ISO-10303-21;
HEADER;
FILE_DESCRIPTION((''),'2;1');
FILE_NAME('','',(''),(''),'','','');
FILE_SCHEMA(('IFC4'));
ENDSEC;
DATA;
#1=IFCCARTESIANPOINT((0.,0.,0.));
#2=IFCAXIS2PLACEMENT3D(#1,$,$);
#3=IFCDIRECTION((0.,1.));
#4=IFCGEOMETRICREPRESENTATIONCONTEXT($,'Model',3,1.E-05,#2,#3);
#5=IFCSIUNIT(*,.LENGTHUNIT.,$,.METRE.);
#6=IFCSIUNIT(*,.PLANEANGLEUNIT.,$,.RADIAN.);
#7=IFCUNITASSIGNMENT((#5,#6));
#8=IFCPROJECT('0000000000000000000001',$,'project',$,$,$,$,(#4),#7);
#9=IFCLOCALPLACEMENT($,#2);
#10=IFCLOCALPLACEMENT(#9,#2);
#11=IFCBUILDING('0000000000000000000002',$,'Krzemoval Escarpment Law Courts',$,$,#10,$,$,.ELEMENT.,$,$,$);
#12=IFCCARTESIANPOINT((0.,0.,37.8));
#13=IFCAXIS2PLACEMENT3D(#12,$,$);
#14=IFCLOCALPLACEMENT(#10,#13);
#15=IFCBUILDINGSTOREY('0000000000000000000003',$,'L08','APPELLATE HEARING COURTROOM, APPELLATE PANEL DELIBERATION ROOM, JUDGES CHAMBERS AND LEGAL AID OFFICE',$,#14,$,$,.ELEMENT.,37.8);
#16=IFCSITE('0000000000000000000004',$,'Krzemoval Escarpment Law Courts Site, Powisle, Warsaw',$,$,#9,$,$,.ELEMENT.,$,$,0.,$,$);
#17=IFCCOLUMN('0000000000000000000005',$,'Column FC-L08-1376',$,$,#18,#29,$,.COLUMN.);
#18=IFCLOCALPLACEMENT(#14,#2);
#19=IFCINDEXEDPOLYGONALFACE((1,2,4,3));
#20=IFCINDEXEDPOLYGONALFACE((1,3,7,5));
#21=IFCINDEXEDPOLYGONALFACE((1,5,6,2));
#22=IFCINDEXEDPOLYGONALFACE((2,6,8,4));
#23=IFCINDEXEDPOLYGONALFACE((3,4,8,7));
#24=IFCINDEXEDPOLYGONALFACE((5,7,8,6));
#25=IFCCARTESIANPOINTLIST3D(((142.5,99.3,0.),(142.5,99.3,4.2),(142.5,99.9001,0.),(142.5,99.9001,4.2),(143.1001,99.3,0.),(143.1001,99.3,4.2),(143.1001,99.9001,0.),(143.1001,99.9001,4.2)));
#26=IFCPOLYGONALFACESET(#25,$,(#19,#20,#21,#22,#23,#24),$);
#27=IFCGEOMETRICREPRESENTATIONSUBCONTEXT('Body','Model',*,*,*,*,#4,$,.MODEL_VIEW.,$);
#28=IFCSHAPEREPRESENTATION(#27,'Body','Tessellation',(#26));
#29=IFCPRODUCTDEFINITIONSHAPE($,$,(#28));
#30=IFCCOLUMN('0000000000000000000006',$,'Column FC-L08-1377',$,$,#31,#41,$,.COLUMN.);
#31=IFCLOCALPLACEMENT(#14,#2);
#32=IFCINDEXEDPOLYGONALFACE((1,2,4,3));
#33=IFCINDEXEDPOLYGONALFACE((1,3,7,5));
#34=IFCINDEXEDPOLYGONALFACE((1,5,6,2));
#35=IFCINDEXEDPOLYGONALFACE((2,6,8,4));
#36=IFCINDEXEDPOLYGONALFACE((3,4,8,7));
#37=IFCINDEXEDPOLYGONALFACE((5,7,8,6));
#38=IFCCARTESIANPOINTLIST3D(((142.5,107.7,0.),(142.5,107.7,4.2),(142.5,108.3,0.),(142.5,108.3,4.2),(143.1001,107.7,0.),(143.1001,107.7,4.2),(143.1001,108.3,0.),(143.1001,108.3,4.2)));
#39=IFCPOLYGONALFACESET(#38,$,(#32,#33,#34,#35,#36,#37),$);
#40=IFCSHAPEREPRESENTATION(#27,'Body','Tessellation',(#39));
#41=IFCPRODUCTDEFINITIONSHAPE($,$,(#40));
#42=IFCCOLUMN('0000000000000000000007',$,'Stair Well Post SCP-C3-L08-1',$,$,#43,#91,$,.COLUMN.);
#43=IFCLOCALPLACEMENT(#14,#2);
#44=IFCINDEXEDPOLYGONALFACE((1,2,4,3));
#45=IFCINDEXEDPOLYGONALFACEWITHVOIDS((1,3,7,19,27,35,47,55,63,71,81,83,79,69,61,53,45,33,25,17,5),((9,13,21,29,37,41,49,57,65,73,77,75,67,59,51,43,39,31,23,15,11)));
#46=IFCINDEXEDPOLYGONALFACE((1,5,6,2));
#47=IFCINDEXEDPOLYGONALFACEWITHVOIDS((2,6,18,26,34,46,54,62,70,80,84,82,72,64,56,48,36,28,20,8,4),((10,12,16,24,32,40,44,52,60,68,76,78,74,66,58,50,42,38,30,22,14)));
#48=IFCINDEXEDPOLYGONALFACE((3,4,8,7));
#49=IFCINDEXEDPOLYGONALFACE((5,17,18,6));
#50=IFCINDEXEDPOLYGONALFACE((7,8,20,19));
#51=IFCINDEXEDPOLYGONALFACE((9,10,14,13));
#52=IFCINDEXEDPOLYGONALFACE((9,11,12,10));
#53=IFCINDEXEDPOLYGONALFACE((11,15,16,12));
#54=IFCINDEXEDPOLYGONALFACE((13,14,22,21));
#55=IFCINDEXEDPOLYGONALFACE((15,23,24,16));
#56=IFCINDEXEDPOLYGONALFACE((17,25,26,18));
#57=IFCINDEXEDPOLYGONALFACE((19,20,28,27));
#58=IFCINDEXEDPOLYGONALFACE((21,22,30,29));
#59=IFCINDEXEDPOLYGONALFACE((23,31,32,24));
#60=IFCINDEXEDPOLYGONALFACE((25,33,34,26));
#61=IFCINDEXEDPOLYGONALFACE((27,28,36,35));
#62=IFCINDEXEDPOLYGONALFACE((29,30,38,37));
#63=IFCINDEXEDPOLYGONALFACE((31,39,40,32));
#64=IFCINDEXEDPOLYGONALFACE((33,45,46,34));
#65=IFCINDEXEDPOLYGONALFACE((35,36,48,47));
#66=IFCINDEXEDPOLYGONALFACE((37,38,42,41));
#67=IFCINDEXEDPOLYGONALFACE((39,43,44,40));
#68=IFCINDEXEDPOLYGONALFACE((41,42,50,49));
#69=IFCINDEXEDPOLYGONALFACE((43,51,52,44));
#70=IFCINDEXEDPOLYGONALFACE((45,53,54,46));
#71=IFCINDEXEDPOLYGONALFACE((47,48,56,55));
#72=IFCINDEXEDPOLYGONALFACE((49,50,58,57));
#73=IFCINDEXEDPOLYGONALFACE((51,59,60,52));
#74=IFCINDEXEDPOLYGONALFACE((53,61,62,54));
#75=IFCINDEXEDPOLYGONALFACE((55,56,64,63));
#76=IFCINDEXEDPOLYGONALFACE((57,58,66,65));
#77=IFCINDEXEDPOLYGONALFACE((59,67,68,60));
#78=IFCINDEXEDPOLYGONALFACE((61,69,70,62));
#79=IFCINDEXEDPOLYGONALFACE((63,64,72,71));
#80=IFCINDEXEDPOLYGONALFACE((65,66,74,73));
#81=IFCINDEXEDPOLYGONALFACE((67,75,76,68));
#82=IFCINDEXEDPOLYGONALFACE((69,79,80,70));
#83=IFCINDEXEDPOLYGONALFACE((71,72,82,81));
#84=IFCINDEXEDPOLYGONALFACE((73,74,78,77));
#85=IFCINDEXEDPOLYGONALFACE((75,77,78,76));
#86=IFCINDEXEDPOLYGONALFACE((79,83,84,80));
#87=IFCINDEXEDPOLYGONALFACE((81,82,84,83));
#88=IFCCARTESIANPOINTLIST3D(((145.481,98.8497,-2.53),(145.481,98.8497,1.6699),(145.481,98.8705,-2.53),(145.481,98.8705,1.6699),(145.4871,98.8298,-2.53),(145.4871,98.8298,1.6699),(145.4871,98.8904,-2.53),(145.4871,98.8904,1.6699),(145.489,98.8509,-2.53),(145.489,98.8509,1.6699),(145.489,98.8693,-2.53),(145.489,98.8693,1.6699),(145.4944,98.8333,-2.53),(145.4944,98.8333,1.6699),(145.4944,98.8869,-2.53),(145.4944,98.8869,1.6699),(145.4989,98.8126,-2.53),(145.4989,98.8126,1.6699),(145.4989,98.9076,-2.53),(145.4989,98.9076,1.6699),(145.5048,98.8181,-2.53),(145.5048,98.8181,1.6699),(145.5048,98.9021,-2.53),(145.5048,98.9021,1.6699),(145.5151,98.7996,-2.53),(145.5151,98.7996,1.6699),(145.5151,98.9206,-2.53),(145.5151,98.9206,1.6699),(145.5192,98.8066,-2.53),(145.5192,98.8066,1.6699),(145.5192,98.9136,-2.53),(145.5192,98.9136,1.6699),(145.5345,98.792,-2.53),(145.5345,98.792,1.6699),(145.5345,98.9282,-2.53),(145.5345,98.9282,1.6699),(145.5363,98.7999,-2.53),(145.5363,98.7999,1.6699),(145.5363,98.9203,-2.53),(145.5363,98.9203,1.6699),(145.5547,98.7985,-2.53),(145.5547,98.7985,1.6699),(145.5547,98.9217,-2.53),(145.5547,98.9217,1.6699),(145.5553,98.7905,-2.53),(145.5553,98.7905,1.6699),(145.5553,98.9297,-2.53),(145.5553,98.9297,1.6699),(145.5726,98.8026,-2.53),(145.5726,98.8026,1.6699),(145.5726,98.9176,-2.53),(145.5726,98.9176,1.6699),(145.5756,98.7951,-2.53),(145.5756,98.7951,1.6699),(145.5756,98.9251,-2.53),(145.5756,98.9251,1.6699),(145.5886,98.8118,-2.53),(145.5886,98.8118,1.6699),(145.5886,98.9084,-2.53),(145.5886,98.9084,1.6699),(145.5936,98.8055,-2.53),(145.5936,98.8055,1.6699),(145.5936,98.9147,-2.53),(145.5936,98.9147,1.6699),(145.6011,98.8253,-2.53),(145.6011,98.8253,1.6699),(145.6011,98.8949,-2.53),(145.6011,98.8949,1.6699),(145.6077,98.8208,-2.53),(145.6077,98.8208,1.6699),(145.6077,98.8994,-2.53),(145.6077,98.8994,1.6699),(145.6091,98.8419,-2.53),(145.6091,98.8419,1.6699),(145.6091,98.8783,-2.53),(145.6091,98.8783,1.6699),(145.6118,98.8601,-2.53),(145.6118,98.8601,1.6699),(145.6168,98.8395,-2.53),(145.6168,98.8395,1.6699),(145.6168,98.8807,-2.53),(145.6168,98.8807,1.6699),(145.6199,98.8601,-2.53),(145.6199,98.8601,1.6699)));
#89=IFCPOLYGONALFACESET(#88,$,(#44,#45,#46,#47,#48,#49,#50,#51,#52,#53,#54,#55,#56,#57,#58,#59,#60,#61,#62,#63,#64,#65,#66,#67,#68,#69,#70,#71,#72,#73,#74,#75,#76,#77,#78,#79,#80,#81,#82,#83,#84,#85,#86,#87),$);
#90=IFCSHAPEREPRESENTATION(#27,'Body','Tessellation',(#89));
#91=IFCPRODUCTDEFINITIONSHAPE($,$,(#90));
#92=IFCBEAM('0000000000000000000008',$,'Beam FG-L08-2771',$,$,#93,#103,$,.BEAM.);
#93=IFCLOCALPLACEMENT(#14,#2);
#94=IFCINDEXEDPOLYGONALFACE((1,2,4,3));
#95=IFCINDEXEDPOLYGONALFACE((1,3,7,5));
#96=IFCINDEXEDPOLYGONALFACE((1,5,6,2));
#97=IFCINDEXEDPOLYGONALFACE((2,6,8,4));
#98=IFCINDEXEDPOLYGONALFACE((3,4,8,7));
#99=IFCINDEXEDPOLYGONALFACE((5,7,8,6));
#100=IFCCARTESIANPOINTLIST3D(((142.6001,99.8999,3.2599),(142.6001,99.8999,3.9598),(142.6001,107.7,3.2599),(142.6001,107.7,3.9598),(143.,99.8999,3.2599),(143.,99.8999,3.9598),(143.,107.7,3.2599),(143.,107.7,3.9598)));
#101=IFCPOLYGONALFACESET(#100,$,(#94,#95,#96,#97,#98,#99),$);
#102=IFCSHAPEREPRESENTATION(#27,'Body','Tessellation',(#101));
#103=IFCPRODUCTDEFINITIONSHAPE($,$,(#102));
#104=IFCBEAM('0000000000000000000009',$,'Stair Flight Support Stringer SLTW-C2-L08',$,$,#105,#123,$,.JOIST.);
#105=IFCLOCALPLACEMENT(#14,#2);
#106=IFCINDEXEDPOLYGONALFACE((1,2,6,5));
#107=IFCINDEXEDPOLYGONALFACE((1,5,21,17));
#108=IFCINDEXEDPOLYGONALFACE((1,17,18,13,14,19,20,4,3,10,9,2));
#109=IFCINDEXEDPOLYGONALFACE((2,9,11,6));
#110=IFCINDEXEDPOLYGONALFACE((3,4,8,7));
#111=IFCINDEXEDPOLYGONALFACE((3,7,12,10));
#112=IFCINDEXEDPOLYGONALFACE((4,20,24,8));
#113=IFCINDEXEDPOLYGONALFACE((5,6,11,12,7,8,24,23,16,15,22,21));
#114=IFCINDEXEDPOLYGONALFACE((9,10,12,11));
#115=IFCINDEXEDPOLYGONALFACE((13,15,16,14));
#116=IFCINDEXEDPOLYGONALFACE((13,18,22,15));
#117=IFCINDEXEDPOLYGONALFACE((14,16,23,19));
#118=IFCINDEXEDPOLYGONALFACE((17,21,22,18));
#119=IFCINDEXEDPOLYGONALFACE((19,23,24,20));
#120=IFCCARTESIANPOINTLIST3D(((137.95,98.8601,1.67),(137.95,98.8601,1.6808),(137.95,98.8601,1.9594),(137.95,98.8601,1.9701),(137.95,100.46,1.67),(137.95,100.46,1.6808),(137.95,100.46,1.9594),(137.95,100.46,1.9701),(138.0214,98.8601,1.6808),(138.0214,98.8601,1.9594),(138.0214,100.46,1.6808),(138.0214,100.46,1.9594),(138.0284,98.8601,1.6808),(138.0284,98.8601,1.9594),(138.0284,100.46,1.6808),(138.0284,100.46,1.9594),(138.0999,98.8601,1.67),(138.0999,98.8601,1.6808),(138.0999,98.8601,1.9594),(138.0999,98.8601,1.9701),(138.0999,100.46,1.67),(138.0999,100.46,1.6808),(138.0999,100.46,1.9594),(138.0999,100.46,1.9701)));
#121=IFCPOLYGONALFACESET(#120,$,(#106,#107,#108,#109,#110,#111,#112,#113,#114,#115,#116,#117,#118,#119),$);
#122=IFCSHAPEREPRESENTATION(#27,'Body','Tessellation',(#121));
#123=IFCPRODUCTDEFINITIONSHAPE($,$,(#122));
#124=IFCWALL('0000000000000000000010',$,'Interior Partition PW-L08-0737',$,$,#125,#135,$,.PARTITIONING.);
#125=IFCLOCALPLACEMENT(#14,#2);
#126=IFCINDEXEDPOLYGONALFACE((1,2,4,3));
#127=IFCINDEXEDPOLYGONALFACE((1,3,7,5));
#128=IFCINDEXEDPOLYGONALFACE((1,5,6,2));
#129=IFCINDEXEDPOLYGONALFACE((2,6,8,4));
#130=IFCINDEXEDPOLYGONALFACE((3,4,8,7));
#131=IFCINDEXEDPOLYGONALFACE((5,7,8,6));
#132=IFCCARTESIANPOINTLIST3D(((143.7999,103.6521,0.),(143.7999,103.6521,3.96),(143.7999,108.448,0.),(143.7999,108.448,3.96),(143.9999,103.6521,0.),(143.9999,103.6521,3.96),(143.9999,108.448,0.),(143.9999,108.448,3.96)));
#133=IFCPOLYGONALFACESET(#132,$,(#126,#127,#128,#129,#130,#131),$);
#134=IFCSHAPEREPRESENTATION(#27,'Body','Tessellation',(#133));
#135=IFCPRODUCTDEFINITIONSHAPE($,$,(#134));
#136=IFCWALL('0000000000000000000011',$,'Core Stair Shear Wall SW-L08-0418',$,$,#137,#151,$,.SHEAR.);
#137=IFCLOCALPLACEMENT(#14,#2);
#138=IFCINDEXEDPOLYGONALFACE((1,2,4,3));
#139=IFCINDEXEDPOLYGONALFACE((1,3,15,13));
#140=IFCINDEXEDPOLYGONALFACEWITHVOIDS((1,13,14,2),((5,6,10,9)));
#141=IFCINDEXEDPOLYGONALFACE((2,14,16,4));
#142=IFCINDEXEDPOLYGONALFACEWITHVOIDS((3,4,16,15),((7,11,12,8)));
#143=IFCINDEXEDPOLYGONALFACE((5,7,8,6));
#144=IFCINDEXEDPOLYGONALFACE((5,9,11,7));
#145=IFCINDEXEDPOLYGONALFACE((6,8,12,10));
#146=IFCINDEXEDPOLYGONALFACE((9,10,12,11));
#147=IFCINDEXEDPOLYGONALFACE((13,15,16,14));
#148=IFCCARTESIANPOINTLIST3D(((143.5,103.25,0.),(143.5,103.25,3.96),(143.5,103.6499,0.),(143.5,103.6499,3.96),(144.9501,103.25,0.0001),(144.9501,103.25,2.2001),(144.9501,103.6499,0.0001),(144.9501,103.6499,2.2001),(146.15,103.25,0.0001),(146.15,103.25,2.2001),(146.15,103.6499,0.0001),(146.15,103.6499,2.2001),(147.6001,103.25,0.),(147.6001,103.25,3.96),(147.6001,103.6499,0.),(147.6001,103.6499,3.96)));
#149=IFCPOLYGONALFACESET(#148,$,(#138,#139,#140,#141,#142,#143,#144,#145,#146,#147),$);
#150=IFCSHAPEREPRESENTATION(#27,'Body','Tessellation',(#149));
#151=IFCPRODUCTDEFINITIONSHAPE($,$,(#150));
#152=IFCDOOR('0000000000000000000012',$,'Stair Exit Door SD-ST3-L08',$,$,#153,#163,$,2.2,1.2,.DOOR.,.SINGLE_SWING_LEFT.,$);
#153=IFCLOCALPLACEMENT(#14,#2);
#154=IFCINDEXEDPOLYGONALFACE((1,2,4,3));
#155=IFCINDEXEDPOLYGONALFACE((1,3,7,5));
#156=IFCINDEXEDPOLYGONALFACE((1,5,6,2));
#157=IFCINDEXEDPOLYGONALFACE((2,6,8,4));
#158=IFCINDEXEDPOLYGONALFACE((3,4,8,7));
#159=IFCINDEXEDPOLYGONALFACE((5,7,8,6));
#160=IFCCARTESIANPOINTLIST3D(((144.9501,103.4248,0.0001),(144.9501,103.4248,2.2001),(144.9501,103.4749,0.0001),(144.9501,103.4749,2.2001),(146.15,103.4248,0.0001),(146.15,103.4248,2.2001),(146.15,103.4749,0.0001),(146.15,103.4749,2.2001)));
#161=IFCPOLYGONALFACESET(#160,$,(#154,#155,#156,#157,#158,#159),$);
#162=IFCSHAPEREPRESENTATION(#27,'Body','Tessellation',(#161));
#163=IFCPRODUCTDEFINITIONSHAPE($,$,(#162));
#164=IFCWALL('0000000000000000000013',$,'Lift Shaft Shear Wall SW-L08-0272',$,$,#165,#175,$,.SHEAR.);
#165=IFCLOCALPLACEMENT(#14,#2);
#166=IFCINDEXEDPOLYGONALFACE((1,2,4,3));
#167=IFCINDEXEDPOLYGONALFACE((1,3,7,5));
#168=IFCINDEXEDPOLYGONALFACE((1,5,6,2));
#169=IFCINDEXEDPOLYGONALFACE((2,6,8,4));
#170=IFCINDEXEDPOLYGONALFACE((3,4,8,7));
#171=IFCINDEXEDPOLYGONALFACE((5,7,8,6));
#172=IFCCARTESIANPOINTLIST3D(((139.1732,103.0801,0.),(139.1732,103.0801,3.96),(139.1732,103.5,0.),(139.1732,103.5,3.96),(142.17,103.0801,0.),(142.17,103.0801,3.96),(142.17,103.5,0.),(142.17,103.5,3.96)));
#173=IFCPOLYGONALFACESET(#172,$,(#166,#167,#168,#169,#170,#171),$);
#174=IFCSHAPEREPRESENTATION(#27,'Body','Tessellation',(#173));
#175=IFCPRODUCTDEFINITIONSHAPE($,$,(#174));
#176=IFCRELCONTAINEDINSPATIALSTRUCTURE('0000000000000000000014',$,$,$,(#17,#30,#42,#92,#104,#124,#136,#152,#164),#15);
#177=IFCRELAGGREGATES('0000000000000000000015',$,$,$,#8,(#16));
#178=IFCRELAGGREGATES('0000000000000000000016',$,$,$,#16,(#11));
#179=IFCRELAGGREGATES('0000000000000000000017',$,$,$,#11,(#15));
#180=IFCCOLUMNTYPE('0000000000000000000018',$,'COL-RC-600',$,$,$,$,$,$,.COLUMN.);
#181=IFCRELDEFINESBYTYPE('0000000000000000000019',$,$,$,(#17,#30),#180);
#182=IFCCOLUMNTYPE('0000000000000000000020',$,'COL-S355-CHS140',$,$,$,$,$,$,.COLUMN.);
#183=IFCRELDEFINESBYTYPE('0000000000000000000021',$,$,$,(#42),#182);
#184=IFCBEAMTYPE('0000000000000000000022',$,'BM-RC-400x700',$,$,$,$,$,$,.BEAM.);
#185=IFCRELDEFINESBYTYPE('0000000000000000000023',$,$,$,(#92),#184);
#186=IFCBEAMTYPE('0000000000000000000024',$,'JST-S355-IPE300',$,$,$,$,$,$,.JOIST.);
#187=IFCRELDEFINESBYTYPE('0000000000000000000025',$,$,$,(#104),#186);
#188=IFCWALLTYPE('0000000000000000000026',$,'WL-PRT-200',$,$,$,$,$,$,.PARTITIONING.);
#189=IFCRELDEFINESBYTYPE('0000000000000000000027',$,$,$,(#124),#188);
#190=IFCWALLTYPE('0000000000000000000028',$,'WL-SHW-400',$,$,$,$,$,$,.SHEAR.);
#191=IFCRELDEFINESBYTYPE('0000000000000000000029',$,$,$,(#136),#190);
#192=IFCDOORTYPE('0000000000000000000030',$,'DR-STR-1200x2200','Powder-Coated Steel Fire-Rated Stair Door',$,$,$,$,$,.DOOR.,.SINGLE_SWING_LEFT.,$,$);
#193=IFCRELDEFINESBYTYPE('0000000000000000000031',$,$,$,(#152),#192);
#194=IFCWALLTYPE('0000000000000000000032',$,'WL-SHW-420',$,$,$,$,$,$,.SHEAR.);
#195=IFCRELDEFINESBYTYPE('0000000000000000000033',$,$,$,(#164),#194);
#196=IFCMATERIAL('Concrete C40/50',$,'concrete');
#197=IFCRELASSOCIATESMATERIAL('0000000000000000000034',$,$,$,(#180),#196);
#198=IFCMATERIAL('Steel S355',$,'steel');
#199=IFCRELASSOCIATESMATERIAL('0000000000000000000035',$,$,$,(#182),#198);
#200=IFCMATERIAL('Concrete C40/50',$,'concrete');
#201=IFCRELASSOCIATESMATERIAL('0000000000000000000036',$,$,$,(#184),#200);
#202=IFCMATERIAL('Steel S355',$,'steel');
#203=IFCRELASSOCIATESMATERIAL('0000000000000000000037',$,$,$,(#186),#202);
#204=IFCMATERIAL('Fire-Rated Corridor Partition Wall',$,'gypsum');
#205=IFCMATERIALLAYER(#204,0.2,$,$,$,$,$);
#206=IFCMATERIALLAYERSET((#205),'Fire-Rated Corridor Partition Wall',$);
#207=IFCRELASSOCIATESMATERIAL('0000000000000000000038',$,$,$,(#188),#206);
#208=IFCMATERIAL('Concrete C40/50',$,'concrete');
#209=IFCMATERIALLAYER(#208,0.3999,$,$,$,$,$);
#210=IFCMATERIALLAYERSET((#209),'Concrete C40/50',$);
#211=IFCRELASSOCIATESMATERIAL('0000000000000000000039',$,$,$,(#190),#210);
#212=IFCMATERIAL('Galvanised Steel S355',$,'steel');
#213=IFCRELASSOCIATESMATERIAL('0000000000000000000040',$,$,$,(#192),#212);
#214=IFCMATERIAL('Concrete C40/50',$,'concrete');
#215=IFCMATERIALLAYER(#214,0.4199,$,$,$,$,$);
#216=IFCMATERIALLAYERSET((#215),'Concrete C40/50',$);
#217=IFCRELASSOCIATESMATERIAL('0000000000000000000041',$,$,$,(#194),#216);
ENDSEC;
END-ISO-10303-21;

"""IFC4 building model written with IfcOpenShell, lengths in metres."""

from ifc_helpers import new_model, si_unit, direction, frame, frame_2d, origin, origin_2d, place, context, subcontext, project, spatial, rectangle, hollow_circle, i_section, extrude, material, layer, layer_set, material_profile, profile_set, type_object, element, fill, save


model = new_model("IFC4")

# Units and contexts
model_context = context("Model", 3, precision=1e-05, world=origin(), true_north=direction((0.0, 1.0)))
body_context = subcontext(model_context, "Body", "Model", "MODEL_VIEW")
ifc_project = project(units=[si_unit("LENGTHUNIT", "METRE"), si_unit("PLANEANGLEUNIT", "RADIAN")], contexts=[model_context])

# Site, building, storey
site_placement = place(None, origin())
site = spatial("IfcSite", under=ifc_project, at=site_placement, Name="Krzemoval Escarpment Law Courts Site, Powisle, Warsaw", CompositionType="ELEMENT", RefElevation=0.0)
building_placement = place(site_placement, origin())
building = spatial("IfcBuilding", under=site, at=building_placement, Name="Krzemoval Escarpment Law Courts", CompositionType="ELEMENT")
storey_placement = place(building_placement, frame((0.0, 0.0, 37.8)))
storey = spatial("IfcBuildingStorey", under=building, at=storey_placement, Name="L08", Description="APPELLATE HEARING COURTROOM, APPELLATE PANEL DELIBERATION ROOM, JUDGES CHAMBERS AND LEGAL AID OFFICE", CompositionType="ELEMENT", Elevation=37.8)

# Columns
ifc_material_1 = material(Name="Concrete C40/50", Category="concrete")
ifc_material_profile_1 = material_profile(ifc_material_1, rectangle(XDim=0.6001, YDim=0.6001, at=origin_2d()), Name="RC 600x600")
ifc_profile_set_1 = profile_set([ifc_material_profile_1], Name="Concrete C40/50")
column_type_1 = type_object("IfcColumnType", Name="COL-RC-600", PredefinedType="COLUMN", material=ifc_profile_set_1)
for number, where, z_axis, x_axis, name in (
    (1, (142.8, 99.6001, 0.0), (0.0, 0.0, 1.0), (1.0, 0.0, 0.0), "Column FC-L08-1376"),
    (2, (142.8, 108.0, 0.0), (0.0, 0.0, 1.0), (1.0, 0.0, 0.0), "Column FC-L08-1377"),
):
    element("IfcColumn", number, at=place(storey_placement, frame(where, z_axis=z_axis, x_axis=x_axis)), inside=storey, type_object=column_type_1, Name=name, PredefinedType="COLUMN", context=body_context, shape_type="SweptSolid", body=[
        extrude(rectangle(XDim=0.6001, YDim=0.6001, at=origin_2d()), origin(), (0.0, 0.0, 1.0), 4.2),
    ])
ifc_material_2 = material(Name="Steel S355", Category="steel")
ifc_material_profile_2 = material_profile(ifc_material_2, hollow_circle(Radius=0.0698, WallThickness=0.0081, at=origin_2d()), Name="CHS 139.7x8")
ifc_profile_set_2 = profile_set([ifc_material_profile_2], Name="Steel S355")
column_type_2 = type_object("IfcColumnType", Name="COL-S355-CHS140", PredefinedType="COLUMN", material=ifc_profile_set_2)
column_placement = place(storey_placement, frame((145.55, 98.8601, -2.53), z_axis=(0.0, 0.0, 1.0), x_axis=(1.0, 0.0, 0.0)))
element("IfcColumn", 3, at=column_placement, inside=storey, type_object=column_type_2, Name="Stair Well Post SCP-C3-L08-1", PredefinedType="COLUMN", context=body_context, shape_type="SweptSolid", body=[
    extrude(hollow_circle(Radius=0.0698, WallThickness=0.0081, at=origin_2d()), origin(), (0.0, 0.0, 1.0), 4.2),
])

# Beams
ifc_material_3 = material(Name="Concrete C40/50", Category="concrete")
ifc_material_profile_3 = material_profile(ifc_material_3, rectangle(XDim=0.3999, YDim=0.7, at=origin_2d()), Name="RCB 400x700")
ifc_profile_set_3 = profile_set([ifc_material_profile_3], Name="Concrete C40/50")
beam_type_1 = type_object("IfcBeamType", Name="BM-RC-400x700", PredefinedType="BEAM", material=ifc_profile_set_3)
beam_1_placement = place(storey_placement, frame((142.8, 99.8999, 3.6099), z_axis=(0.0, 1.0, 0.0), x_axis=(-1.0, 0.0, 0.0)))
element("IfcBeam", 4, at=beam_1_placement, inside=storey, type_object=beam_type_1, Name="Beam FG-L08-2771", PredefinedType="BEAM", context=body_context, shape_type="SweptSolid", body=[
    extrude(rectangle(XDim=0.3999, YDim=0.7, at=origin_2d()), origin(), (0.0, 0.0, 1.0), 7.8),
])
ifc_material_4 = material(Name="Steel S355", Category="steel")
ifc_material_profile_4 = material_profile(ifc_material_4, i_section(OverallWidth=0.1499, OverallDepth=0.3, WebThickness=0.0071, FlangeThickness=0.0107, at=origin_2d()), Name="IPE 300")
ifc_profile_set_4 = profile_set([ifc_material_profile_4], Name="Steel S355")
beam_type_2 = type_object("IfcBeamType", Name="JST-S355-IPE300", PredefinedType="JOIST", material=ifc_profile_set_4)
beam_2_placement = place(storey_placement, frame((138.0249, 98.8601, 1.8201), z_axis=(0.0, 1.0, 0.0), x_axis=(-1.0, 0.0, 0.0)))
element("IfcBeam", 5, at=beam_2_placement, inside=storey, type_object=beam_type_2, Name="Stair Flight Support Stringer SLTW-C2-L08", PredefinedType="JOIST", context=body_context, shape_type="SweptSolid", body=[
    extrude(i_section(OverallWidth=0.1499, OverallDepth=0.3, WebThickness=0.0071, FlangeThickness=0.0107, at=origin_2d()), origin(), (0.0, 0.0, 1.0), 1.5999),
])

# Wall
ifc_material_5 = material(Name="Fire-Rated Corridor Partition Wall", Category="gypsum")
ifc_layer_1 = layer(ifc_material_5, 0.2)
ifc_layer_set_1 = layer_set([ifc_layer_1], Name="Fire-Rated Corridor Partition Wall")
wall_type_1 = type_object("IfcWallType", Name="WL-PRT-200", PredefinedType="PARTITIONING", material=ifc_layer_set_1)
wall_1_placement = place(storey_placement, frame((143.8999, 103.6521, 0.0), z_axis=(0.0, 0.0, 1.0), x_axis=(0.0, 1.0, 0.0)))
element("IfcWall", 6, at=wall_1_placement, inside=storey, type_object=wall_type_1, Name="Interior Partition PW-L08-0737", PredefinedType="PARTITIONING", context=body_context, shape_type="SweptSolid", body=[
    extrude(rectangle(XDim=4.7959, YDim=0.2, at=frame_2d((2.3979, 0.0))), origin(), (0.0, 0.0, 1.0), 3.96),
])

# Wall, opening, door
ifc_material_6 = material(Name="Concrete C40/50", Category="concrete")
ifc_layer_2 = layer(ifc_material_6, 0.3999)
ifc_layer_set_2 = layer_set([ifc_layer_2], Name="Concrete C40/50")
wall_type_2 = type_object("IfcWallType", Name="WL-SHW-400", PredefinedType="SHEAR", material=ifc_layer_set_2)
wall_2_placement = place(storey_placement, frame((143.5, 103.45, 0.0), z_axis=(0.0, 0.0, 1.0), x_axis=(1.0, 0.0, 0.0)))
wall_2 = element("IfcWall", 7, at=wall_2_placement, inside=storey, type_object=wall_type_2, Name="Core Stair Shear Wall SW-L08-0418", PredefinedType="SHEAR", context=body_context, shape_type="SweptSolid", body=[
    extrude(rectangle(XDim=4.1001, YDim=0.3999, at=frame_2d((2.05, 0.0))), origin(), (0.0, 0.0, 1.0), 3.96),
])
opening_1_placement = place(wall_2_placement, frame((1.45, 0.0, 0.0)))
opening_1 = element("IfcOpeningElement", 8, at=opening_1_placement, cuts=wall_2, PredefinedType="OPENING", context=body_context, shape_type="SweptSolid", body=[
    extrude(rectangle(XDim=1.2, YDim=2.2, at=frame_2d((0.6001, 1.1001))), frame((0.0, 0.215, 0.0), z_axis=(0.0, -1.0, 0.0), x_axis=(1.0, 0.0, 0.0)), (0.0, 0.0, 1.0), 0.4299),
])
ifc_material_7 = material(Name="Galvanised Steel S355", Category="steel")
door_type_1 = type_object("IfcDoorType", Name="DR-STR-1200x2200", Description="Powder-Coated Steel Fire-Rated Stair Door", OperationType="SINGLE_SWING_LEFT", PredefinedType="DOOR", material=ifc_material_7)
door_1_placement = place(opening_1_placement, origin())
door_1 = element("IfcDoor", 9, at=door_1_placement, inside=storey, type_object=door_type_1, Name="Stair Exit Door SD-ST3-L08", OperationType="SINGLE_SWING_LEFT", OverallHeight=2.2, OverallWidth=1.2, PredefinedType="DOOR", context=body_context, shape_type="SweptSolid", body=[
    extrude(rectangle(XDim=1.2, YDim=2.2, at=frame_2d((0.6001, 1.1001))), frame((0.0, 0.0249, 0.0), z_axis=(0.0, -1.0, 0.0), x_axis=(1.0, 0.0, 0.0)), (0.0, 0.0, 1.0), 0.05),
])
fill(opening_1, door_1)

# Wall
ifc_material_8 = material(Name="Concrete C40/50", Category="concrete")
ifc_layer_3 = layer(ifc_material_8, 0.4199)
ifc_layer_set_3 = layer_set([ifc_layer_3], Name="Concrete C40/50")
wall_type_3 = type_object("IfcWallType", Name="WL-SHW-420", PredefinedType="SHEAR", material=ifc_layer_set_3)
wall_3_placement = place(storey_placement, frame((139.1731, 103.29, 0.0), z_axis=(0.0, 0.0, 1.0), x_axis=(1.0, 0.0, 0.0)))
element("IfcWall", 10, at=wall_3_placement, inside=storey, type_object=wall_type_3, Name="Lift Shaft Shear Wall SW-L08-0272", PredefinedType="SHEAR", context=body_context, shape_type="SweptSolid", body=[
    extrude(rectangle(XDim=2.9968, YDim=0.4199, at=frame_2d((1.4985, 0.0))), origin(), (0.0, 0.0, 1.0), 3.96),
])

save(model, "model.ifc")
